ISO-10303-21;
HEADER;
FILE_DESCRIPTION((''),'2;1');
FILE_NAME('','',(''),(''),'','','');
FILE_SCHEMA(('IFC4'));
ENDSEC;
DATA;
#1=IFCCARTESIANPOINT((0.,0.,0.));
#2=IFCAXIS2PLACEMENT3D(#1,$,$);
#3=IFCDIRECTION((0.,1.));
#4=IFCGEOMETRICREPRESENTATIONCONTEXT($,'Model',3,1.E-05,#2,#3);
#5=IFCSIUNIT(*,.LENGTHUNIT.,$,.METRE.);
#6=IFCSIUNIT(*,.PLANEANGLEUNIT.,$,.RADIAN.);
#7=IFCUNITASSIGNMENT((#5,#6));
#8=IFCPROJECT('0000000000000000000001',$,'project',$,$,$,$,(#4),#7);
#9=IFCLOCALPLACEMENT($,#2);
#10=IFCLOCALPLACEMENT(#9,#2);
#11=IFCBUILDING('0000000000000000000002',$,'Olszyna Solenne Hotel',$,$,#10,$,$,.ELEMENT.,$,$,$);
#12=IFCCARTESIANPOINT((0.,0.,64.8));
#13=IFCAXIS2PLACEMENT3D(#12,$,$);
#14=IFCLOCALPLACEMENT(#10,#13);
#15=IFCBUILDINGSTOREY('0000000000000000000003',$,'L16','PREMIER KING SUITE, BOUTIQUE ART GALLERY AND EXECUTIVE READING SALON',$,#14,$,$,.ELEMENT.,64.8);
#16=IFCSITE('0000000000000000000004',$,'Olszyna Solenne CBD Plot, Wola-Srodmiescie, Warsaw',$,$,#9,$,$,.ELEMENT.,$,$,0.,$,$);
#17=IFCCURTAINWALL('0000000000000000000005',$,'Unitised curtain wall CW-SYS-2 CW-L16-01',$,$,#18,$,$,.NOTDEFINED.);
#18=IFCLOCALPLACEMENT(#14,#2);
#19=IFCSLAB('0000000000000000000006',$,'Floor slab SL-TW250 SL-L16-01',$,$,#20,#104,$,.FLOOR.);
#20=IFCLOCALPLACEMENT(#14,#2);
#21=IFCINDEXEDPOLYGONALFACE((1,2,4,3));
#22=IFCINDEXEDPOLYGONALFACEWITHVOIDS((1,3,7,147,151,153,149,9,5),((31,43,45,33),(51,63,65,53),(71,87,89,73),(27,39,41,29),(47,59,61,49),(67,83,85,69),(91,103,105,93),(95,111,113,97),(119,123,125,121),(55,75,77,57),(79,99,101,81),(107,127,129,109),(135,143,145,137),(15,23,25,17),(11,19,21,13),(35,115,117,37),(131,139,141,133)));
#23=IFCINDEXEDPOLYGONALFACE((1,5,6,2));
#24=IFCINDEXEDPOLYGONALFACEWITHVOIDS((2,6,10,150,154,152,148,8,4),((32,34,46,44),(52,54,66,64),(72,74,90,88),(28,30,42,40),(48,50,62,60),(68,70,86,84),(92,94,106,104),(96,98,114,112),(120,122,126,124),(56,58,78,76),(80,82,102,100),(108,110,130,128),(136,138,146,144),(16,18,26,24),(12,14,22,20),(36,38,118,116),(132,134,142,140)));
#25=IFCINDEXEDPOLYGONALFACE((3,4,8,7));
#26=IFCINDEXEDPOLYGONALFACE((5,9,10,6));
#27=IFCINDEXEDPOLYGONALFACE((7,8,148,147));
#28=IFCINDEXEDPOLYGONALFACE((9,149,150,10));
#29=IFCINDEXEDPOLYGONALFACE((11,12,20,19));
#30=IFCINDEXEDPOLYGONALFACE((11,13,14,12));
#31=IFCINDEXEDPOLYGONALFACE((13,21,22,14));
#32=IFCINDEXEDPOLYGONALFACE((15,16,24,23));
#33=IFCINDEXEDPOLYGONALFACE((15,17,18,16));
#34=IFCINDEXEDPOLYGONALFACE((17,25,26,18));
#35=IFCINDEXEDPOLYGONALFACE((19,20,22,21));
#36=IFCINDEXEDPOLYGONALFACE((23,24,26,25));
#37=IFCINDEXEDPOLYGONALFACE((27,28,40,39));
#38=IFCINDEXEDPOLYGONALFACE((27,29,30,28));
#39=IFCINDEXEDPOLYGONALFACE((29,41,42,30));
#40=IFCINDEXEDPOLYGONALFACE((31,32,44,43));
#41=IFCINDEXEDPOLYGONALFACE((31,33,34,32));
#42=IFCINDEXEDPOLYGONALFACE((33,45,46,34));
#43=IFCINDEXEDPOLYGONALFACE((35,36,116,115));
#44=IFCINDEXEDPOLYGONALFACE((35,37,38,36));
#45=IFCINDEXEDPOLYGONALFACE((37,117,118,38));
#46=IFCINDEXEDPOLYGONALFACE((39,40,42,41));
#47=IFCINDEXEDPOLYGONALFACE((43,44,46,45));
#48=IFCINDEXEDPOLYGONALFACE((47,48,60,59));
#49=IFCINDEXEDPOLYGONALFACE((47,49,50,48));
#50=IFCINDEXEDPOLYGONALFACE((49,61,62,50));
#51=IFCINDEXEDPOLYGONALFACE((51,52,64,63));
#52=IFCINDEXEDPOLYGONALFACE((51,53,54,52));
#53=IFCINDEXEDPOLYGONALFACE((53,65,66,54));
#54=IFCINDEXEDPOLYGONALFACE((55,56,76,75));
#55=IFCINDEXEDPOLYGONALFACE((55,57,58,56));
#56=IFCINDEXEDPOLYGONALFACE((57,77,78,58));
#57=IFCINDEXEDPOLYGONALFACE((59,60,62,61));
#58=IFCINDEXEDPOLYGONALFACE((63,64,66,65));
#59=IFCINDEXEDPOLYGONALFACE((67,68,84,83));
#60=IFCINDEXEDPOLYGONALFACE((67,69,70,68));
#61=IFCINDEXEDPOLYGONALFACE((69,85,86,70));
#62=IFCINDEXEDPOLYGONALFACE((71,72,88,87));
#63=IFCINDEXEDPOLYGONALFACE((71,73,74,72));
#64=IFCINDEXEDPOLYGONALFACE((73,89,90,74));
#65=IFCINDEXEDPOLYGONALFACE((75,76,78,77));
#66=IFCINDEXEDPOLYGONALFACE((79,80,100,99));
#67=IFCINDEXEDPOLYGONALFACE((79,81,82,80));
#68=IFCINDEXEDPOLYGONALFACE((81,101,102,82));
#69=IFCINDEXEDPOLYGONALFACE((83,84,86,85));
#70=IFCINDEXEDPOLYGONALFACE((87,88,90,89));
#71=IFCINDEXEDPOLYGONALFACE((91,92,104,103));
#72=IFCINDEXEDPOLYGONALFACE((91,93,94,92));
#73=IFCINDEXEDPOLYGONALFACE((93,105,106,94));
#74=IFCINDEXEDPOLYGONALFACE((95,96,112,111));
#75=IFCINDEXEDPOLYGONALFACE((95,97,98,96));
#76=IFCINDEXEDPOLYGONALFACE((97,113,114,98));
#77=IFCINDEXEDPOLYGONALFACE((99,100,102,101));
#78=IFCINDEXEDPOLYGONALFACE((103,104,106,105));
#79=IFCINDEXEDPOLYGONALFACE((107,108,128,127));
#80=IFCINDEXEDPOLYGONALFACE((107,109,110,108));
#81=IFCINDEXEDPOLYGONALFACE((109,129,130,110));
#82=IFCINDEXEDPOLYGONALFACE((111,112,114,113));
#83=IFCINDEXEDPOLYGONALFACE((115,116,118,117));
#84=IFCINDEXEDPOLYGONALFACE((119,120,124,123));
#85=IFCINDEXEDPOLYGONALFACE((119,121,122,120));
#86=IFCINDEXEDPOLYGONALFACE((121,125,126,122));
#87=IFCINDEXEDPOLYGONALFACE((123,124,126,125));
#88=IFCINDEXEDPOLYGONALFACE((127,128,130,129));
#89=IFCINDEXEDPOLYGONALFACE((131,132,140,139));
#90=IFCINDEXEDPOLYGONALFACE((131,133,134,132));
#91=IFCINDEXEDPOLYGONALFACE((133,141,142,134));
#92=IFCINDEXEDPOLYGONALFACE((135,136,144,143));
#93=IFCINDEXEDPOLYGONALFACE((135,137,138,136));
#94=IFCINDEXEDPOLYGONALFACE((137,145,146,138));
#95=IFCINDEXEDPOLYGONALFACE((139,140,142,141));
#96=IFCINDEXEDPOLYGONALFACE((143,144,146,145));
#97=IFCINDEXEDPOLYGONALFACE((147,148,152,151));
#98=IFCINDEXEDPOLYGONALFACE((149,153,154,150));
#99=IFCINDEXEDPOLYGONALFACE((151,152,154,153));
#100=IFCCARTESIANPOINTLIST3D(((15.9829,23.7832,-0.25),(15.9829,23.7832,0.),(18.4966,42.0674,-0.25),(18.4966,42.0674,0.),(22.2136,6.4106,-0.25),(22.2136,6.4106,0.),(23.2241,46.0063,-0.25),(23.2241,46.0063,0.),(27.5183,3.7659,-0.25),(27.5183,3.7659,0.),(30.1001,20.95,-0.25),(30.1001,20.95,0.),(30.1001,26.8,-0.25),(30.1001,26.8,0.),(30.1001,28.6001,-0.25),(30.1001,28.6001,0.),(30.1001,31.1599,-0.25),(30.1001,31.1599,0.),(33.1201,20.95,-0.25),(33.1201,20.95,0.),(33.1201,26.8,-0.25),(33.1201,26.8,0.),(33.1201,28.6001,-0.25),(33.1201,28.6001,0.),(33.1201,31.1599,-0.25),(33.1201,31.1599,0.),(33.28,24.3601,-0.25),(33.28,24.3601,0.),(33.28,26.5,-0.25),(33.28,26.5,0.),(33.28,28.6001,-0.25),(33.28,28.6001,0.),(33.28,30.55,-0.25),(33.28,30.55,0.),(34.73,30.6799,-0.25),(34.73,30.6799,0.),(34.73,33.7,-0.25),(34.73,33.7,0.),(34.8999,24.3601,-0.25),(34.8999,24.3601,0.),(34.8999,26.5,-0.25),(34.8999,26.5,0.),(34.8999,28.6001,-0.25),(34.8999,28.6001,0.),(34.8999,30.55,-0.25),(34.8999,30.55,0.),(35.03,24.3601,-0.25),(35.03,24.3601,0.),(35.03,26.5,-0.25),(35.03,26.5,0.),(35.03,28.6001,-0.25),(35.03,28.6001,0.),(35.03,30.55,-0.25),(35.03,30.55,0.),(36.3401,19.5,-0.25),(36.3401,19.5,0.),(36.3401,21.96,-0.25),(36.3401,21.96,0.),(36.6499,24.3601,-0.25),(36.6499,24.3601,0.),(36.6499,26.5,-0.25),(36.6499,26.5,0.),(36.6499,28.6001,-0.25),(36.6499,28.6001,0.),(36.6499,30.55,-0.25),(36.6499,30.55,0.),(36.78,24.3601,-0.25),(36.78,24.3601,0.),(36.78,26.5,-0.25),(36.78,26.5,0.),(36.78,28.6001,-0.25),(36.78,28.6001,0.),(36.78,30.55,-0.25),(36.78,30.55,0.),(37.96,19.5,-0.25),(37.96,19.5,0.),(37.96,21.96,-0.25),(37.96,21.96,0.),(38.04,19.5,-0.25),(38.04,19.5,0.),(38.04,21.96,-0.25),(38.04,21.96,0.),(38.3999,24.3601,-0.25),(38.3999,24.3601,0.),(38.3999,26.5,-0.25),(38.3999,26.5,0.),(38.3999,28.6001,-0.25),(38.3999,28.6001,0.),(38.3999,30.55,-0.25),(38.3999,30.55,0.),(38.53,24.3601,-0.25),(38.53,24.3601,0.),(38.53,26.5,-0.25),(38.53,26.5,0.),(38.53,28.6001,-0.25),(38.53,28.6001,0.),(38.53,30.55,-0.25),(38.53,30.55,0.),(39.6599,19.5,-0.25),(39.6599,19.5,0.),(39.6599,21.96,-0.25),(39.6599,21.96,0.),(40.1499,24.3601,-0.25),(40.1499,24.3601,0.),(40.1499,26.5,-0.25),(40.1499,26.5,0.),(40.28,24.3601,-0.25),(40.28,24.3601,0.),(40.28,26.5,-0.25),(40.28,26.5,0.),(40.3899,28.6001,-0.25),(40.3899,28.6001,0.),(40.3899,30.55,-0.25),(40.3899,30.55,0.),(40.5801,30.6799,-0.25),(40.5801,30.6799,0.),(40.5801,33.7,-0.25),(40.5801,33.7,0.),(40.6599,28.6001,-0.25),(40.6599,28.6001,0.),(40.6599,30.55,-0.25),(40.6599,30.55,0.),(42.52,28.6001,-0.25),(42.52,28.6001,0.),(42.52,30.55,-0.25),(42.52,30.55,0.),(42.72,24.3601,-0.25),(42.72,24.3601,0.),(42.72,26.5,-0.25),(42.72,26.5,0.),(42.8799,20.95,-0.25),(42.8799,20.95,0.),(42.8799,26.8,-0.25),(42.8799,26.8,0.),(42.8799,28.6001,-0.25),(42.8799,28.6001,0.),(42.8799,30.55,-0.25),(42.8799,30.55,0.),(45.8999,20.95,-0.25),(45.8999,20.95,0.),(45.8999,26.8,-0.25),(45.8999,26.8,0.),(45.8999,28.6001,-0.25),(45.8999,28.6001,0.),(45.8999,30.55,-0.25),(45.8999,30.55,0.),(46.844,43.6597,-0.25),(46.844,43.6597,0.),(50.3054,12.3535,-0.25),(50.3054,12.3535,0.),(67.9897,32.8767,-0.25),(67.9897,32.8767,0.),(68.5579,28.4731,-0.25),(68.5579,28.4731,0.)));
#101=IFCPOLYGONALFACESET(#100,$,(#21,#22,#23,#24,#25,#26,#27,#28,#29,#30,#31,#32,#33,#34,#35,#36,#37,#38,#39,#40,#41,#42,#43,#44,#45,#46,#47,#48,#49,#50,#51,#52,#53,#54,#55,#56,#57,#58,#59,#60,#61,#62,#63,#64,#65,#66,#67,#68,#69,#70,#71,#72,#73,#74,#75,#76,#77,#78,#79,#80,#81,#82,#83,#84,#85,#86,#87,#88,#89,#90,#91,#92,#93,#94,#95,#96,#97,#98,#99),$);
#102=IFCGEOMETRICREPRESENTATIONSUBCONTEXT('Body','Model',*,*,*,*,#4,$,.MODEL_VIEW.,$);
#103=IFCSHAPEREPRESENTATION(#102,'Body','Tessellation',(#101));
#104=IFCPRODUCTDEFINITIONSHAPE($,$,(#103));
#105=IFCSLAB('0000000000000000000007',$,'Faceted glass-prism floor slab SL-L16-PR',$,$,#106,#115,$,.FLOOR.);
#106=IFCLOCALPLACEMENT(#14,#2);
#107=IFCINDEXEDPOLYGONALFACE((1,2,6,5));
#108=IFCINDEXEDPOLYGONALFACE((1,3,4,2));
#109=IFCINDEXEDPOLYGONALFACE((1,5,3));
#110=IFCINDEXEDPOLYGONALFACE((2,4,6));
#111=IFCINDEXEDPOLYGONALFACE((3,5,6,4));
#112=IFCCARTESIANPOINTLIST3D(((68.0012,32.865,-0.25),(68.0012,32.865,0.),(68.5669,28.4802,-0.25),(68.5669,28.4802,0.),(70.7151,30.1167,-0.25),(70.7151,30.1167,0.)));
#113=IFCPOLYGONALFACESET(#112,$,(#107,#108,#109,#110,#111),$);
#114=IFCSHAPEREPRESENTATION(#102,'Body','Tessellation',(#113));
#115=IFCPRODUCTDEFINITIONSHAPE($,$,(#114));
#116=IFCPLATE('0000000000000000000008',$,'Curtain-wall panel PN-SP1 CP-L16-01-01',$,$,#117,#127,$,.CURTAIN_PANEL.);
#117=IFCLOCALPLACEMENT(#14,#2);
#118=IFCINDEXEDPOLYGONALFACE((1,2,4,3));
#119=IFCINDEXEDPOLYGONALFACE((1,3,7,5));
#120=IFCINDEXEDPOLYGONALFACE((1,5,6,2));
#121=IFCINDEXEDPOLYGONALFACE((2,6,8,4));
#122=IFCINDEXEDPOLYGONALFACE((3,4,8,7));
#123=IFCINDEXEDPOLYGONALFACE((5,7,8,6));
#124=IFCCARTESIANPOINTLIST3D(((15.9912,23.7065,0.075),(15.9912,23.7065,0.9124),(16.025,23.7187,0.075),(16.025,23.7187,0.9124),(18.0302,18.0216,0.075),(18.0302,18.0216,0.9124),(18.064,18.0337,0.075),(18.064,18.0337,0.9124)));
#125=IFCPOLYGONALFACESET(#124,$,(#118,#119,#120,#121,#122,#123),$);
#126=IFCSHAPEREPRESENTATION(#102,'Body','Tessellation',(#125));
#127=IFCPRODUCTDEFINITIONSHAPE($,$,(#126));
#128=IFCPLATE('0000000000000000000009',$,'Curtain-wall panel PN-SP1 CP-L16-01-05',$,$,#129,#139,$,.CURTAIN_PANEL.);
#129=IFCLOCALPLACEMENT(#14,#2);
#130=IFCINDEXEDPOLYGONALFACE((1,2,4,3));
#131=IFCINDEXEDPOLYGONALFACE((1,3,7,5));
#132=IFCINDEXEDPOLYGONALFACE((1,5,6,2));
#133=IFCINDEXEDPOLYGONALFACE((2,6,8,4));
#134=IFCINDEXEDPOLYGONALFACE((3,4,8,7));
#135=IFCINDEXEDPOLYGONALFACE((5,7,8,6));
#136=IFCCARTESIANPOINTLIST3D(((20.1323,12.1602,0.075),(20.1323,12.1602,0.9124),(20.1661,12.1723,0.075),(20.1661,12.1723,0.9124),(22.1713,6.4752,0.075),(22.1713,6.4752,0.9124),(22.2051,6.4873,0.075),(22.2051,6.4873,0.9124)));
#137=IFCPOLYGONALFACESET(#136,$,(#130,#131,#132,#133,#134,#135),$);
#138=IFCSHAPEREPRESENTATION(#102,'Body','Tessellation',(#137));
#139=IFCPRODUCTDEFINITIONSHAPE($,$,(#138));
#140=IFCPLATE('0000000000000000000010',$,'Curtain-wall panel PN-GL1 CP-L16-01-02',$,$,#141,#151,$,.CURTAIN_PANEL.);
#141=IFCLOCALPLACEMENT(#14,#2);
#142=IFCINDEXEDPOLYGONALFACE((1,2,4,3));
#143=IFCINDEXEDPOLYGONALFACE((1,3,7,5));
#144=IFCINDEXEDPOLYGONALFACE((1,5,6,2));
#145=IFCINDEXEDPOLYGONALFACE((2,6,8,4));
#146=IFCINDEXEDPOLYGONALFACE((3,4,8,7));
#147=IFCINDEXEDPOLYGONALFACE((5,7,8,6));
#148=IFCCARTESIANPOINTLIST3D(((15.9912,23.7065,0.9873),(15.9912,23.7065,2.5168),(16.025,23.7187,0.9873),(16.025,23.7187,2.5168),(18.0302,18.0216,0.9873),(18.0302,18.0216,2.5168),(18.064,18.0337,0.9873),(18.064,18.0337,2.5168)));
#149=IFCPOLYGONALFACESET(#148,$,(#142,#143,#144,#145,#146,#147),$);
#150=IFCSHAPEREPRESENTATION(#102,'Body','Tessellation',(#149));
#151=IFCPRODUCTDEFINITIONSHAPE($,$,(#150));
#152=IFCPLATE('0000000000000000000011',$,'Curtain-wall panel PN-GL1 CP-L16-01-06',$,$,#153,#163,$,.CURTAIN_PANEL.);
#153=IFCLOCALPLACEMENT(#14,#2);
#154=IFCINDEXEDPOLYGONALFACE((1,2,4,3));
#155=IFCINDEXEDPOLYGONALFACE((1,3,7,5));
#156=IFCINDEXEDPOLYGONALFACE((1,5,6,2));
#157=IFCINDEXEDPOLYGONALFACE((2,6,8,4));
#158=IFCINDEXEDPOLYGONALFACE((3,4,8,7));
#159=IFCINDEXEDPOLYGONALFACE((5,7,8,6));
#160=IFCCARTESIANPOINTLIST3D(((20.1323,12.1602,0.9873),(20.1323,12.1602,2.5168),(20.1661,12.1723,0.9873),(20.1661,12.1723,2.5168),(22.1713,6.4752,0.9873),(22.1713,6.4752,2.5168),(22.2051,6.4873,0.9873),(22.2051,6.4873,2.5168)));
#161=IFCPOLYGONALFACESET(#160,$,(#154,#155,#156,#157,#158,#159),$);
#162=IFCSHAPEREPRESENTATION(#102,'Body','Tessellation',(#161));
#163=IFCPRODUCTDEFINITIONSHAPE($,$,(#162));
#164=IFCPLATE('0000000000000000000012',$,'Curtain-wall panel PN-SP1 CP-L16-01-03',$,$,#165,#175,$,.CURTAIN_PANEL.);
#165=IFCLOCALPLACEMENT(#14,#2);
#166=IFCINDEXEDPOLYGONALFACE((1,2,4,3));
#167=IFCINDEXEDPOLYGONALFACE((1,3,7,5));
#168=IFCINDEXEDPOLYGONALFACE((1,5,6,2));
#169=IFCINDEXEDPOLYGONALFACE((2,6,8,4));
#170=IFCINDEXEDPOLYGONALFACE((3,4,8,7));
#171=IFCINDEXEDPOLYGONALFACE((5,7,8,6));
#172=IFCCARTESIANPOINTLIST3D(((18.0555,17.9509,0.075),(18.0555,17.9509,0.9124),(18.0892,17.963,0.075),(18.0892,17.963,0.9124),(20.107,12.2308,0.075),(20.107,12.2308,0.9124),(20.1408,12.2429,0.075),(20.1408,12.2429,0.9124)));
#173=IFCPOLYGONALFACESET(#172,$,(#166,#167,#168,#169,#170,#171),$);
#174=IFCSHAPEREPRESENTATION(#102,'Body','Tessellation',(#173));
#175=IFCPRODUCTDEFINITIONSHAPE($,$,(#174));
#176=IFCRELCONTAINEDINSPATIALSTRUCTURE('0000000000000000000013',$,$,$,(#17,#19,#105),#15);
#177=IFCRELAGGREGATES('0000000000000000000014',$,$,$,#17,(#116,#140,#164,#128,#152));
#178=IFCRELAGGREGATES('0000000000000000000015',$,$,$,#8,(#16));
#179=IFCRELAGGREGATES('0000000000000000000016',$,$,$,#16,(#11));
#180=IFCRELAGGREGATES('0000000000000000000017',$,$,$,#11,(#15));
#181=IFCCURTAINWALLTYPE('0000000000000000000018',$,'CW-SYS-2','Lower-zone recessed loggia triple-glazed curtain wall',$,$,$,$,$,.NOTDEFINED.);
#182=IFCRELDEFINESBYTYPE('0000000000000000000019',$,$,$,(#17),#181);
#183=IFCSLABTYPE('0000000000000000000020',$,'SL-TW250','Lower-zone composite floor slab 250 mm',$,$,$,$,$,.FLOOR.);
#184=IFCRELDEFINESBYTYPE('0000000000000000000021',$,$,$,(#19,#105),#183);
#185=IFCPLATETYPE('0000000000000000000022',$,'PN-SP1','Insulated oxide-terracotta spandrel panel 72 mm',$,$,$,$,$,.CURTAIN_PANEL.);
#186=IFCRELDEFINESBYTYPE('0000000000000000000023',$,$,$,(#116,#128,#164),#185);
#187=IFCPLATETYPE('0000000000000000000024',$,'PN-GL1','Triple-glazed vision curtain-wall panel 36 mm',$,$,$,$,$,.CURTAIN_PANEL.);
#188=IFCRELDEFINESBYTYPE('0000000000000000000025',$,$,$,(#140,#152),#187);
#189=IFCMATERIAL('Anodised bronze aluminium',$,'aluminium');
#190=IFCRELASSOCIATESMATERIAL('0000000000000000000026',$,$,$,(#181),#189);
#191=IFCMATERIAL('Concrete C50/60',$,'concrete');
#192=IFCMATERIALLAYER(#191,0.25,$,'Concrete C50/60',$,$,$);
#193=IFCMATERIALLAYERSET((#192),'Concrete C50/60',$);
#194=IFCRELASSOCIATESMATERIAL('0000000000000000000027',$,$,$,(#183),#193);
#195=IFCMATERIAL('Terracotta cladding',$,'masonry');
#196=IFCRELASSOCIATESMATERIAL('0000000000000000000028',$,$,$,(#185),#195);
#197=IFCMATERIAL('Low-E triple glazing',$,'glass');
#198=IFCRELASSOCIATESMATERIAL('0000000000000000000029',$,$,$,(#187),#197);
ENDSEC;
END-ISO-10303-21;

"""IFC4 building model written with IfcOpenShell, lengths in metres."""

from ifc_helpers import new_model, si_unit, direction, frame, origin, origin_2d, place, context, subcontext, project, spatial, polyline, rectangle, outline, extrude, source, transform, mapped, material, layer, layer_set, type_object, element, aggregate, save


model = new_model("IFC4")

# Units and contexts
model_context = context("Model", 3, precision=1e-05, world=origin(), true_north=direction((0.0, 1.0)))
body_context = subcontext(model_context, "Body", "Model", "MODEL_VIEW")
ifc_project = project(units=[si_unit("LENGTHUNIT", "METRE"), si_unit("PLANEANGLEUNIT", "RADIAN")], contexts=[model_context])

# Site, building, storey
site_placement = place(None, origin())
site = spatial("IfcSite", under=ifc_project, at=site_placement, Name="Olszyna Solenne CBD Plot, Wola-Srodmiescie, Warsaw", CompositionType="ELEMENT", RefElevation=0.0)
building_placement = place(site_placement, origin())
building = spatial("IfcBuilding", under=site, at=building_placement, Name="Olszyna Solenne Hotel", CompositionType="ELEMENT")
storey_placement = place(building_placement, frame((0.0, 0.0, 64.8)))
storey = spatial("IfcBuildingStorey", under=building, at=storey_placement, Name="L16", Description="PREMIER KING SUITE, BOUTIQUE ART GALLERY AND EXECUTIVE READING SALON", CompositionType="ELEMENT", Elevation=64.8)

# Curtain wall
ifc_material_1 = material(Name="Anodised bronze aluminium", Category="aluminium")
curtain_wall_type = type_object("IfcCurtainWallType", Name="CW-SYS-2", Description="Lower-zone recessed loggia triple-glazed curtain wall", PredefinedType="NOTDEFINED", material=ifc_material_1)
curtain_wall_placement = place(storey_placement, origin())
curtain_wall = element("IfcCurtainWall", 1, at=curtain_wall_placement, inside=storey, type_object=curtain_wall_type, Name="Unitised curtain wall CW-SYS-2 CW-L16-01", PredefinedType="NOTDEFINED")

# Slabs
ifc_material_2 = material(Name="Concrete C50/60", Category="concrete")
ifc_layer_1 = layer(ifc_material_2, 0.25, Name="Concrete C50/60")
ifc_layer_set_1 = layer_set([ifc_layer_1], Name="Concrete C50/60")
slab_type_1 = type_object("IfcSlabType", Name="SL-TW250", Description="Lower-zone composite floor slab 250 mm", PredefinedType="FLOOR", material=ifc_layer_set_1)
slab_1_placement = place(storey_placement, frame((0.0, 0.0, -0.25)))
element("IfcSlab", 2, at=slab_1_placement, inside=storey, type_object=slab_type_1, Name="Floor slab SL-TW250 SL-L16-01", PredefinedType="FLOOR", context=body_context, shape_type="SweptSolid", body=[
    extrude(outline(polyline([(68.5579, 28.4731), (67.9897, 32.8767), (46.844, 43.6597), (23.2241, 46.0063), (18.4966, 42.0674), (15.9829, 23.7832), (22.2136, 6.4106), (27.5183, 3.7659), (50.3054, 12.3535), (68.5579, 28.4731)]), holes=[polyline([(30.1001, 20.95), (33.1201, 20.95), (33.1201, 26.8), (30.1001, 26.8), (30.1001, 20.95)]), polyline([(42.8799, 20.95), (45.8999, 20.95), (45.8999, 26.8), (42.8799, 26.8), (42.8799, 20.95)]), polyline([(34.73, 30.6799), (40.5801, 30.6799), (40.5801, 33.7), (34.73, 33.7), (34.73, 30.6799)]), polyline([(36.3401, 19.5), (37.96, 19.5), (37.96, 21.96), (36.3401, 21.96), (36.3401, 19.5)]), polyline([(38.04, 19.5), (39.6599, 19.5), (39.6599, 21.96), (38.04, 21.96), (38.04, 19.5)]), polyline([(30.1001, 28.6001), (33.1201, 28.6001), (33.1201, 31.1599), (30.1001, 31.1599), (30.1001, 28.6001)]), polyline([(33.28, 24.3601), (34.8999, 24.3601), (34.8999, 26.5), (33.28, 26.5), (33.28, 24.3601)]), polyline([(35.03, 24.3601), (36.6499, 24.3601), (36.6499, 26.5), (35.03, 26.5), (35.03, 24.3601)]), polyline([(36.78, 24.3601), (38.3999, 24.3601), (38.3999, 26.5), (36.78, 26.5), (36.78, 24.3601)]), polyline([(38.53, 24.3601), (40.1499, 24.3601), (40.1499, 26.5), (38.53, 26.5), (38.53, 24.3601)]), polyline([(40.28, 24.3601), (42.72, 24.3601), (42.72, 26.5), (40.28, 26.5), (40.28, 24.3601)]), polyline([(33.28, 28.6001), (34.8999, 28.6001), (34.8999, 30.55), (33.28, 30.55), (33.28, 28.6001)]), polyline([(35.03, 28.6001), (36.6499, 28.6001), (36.6499, 30.55), (35.03, 30.55), (35.03, 28.6001)]), polyline([(36.78, 28.6001), (38.3999, 28.6001), (38.3999, 30.55), (36.78, 30.55), (36.78, 28.6001)]), polyline([(38.53, 28.6001), (40.3899, 28.6001), (40.3899, 30.55), (38.53, 30.55), (38.53, 28.6001)]), polyline([(40.6599, 28.6001), (42.52, 28.6001), (42.52, 30.55), (40.6599, 30.55), (40.6599, 28.6001)]), polyline([(42.8799, 28.6001), (45.8999, 28.6001), (45.8999, 30.55), (42.8799, 30.55), (42.8799, 28.6001)])]), origin(), (0.0, 0.0, 1.0), 0.25),
])
slab_2_placement = place(storey_placement, frame((0.0, 0.0, -0.25)))
element("IfcSlab", 3, at=slab_2_placement, inside=storey, type_object=slab_type_1, Name="Faceted glass-prism floor slab SL-L16-PR", PredefinedType="FLOOR", context=body_context, shape_type="SweptSolid", body=[
    extrude(outline(polyline([(68.0012, 32.865), (68.5669, 28.4802), (70.7151, 30.1167), (68.0012, 32.865)])), origin(), (0.0, 0.0, 1.0), 0.25),
])

# Plates
ifc_material_3 = material(Name="Terracotta cladding", Category="masonry")
plate_type_1 = type_object("IfcPlateType", Name="PN-SP1", Description="Insulated oxide-terracotta spandrel panel 72 mm", PredefinedType="CURTAIN_PANEL", material=ifc_material_3)
shared_shape_1 = source(origin(), body_context, "Body", "SweptSolid", [
    extrude(rectangle(XDim=6.0396, YDim=0.0359, at=origin_2d()), origin(), (0.0, 0.0, 1.0), 0.8374),
])
plate_1_placement = place(storey_placement, frame((17.0276, 20.8701, 0.075), z_axis=(0.0, 0.0, 1.0), x_axis=(0.337602, -0.941289, 0.0)))
plate_1 = element("IfcPlate", 4, at=plate_1_placement, type_object=plate_type_1, Name="Curtain-wall panel PN-SP1 CP-L16-01-01", PredefinedType="CURTAIN_PANEL", context=body_context, shape_type="MappedRepresentation", body=[
    mapped(shared_shape_1, transform((0.0, 0.0, 0.0), x_axis=(1.0, 0.0, 0.0), y_axis=(0.0, 1.0, 0.0), z_axis=(0.0, 0.0, 1.0), scale=1.0)),
])
plate_2_placement = place(storey_placement, frame((21.1687, 9.3237, 0.075), z_axis=(0.0, 0.0, 1.0), x_axis=(0.337602, -0.941289, 0.0)))
plate_2 = element("IfcPlate", 5, at=plate_2_placement, type_object=plate_type_1, Name="Curtain-wall panel PN-SP1 CP-L16-01-05", PredefinedType="CURTAIN_PANEL", context=body_context, shape_type="MappedRepresentation", body=[
    mapped(shared_shape_1, transform((0.0, 0.0, 0.0), x_axis=(1.0, 0.0, 0.0), y_axis=(0.0, 1.0, 0.0), z_axis=(0.0, 0.0, 1.0), scale=1.0)),
])
ifc_material_4 = material(Name="Low-E triple glazing", Category="glass")
plate_type_2 = type_object("IfcPlateType", Name="PN-GL1", Description="Triple-glazed vision curtain-wall panel 36 mm", PredefinedType="CURTAIN_PANEL", material=ifc_material_4)
shared_shape_2 = source(origin(), body_context, "Body", "SweptSolid", [
    extrude(rectangle(XDim=6.0396, YDim=0.0359, at=origin_2d()), origin(), (0.0, 0.0, 1.0), 1.5295),
])
plate_3_placement = place(storey_placement, frame((17.0276, 20.8701, 0.9873), z_axis=(0.0, 0.0, 1.0), x_axis=(0.337602, -0.941289, 0.0)))
plate_3 = element("IfcPlate", 6, at=plate_3_placement, type_object=plate_type_2, Name="Curtain-wall panel PN-GL1 CP-L16-01-02", PredefinedType="CURTAIN_PANEL", context=body_context, shape_type="MappedRepresentation", body=[
    mapped(shared_shape_2, transform((0.0, 0.0, 0.0), x_axis=(1.0, 0.0, 0.0), y_axis=(0.0, 1.0, 0.0), z_axis=(0.0, 0.0, 1.0), scale=1.0)),
])
plate_4_placement = place(storey_placement, frame((21.1687, 9.3237, 0.9873), z_axis=(0.0, 0.0, 1.0), x_axis=(0.337602, -0.941289, 0.0)))
plate_4 = element("IfcPlate", 7, at=plate_4_placement, type_object=plate_type_2, Name="Curtain-wall panel PN-GL1 CP-L16-01-06", PredefinedType="CURTAIN_PANEL", context=body_context, shape_type="MappedRepresentation", body=[
    mapped(shared_shape_2, transform((0.0, 0.0, 0.0), x_axis=(1.0, 0.0, 0.0), y_axis=(0.0, 1.0, 0.0), z_axis=(0.0, 0.0, 1.0), scale=1.0)),
])
shared_shape_3 = source(origin(), body_context, "Body", "SweptSolid", [
    extrude(rectangle(XDim=6.0769, YDim=0.0359, at=origin_2d()), origin(), (0.0, 0.0, 1.0), 0.8374),
])
plate_5_placement = place(storey_placement, frame((19.0981, 15.0969, 0.075), z_axis=(0.0, 0.0, 1.0), x_axis=(0.337602, -0.941289, 0.0)))
plate_5 = element("IfcPlate", 8, at=plate_5_placement, type_object=plate_type_1, Name="Curtain-wall panel PN-SP1 CP-L16-01-03", PredefinedType="CURTAIN_PANEL", context=body_context, shape_type="MappedRepresentation", body=[
    mapped(shared_shape_3, transform((0.0, 0.0, 0.0), x_axis=(1.0, 0.0, 0.0), y_axis=(0.0, 1.0, 0.0), z_axis=(0.0, 0.0, 1.0), scale=1.0)),
])
aggregate(curtain_wall, [plate_1, plate_3, plate_5, plate_2, plate_4])

save(model, "model.ifc")
